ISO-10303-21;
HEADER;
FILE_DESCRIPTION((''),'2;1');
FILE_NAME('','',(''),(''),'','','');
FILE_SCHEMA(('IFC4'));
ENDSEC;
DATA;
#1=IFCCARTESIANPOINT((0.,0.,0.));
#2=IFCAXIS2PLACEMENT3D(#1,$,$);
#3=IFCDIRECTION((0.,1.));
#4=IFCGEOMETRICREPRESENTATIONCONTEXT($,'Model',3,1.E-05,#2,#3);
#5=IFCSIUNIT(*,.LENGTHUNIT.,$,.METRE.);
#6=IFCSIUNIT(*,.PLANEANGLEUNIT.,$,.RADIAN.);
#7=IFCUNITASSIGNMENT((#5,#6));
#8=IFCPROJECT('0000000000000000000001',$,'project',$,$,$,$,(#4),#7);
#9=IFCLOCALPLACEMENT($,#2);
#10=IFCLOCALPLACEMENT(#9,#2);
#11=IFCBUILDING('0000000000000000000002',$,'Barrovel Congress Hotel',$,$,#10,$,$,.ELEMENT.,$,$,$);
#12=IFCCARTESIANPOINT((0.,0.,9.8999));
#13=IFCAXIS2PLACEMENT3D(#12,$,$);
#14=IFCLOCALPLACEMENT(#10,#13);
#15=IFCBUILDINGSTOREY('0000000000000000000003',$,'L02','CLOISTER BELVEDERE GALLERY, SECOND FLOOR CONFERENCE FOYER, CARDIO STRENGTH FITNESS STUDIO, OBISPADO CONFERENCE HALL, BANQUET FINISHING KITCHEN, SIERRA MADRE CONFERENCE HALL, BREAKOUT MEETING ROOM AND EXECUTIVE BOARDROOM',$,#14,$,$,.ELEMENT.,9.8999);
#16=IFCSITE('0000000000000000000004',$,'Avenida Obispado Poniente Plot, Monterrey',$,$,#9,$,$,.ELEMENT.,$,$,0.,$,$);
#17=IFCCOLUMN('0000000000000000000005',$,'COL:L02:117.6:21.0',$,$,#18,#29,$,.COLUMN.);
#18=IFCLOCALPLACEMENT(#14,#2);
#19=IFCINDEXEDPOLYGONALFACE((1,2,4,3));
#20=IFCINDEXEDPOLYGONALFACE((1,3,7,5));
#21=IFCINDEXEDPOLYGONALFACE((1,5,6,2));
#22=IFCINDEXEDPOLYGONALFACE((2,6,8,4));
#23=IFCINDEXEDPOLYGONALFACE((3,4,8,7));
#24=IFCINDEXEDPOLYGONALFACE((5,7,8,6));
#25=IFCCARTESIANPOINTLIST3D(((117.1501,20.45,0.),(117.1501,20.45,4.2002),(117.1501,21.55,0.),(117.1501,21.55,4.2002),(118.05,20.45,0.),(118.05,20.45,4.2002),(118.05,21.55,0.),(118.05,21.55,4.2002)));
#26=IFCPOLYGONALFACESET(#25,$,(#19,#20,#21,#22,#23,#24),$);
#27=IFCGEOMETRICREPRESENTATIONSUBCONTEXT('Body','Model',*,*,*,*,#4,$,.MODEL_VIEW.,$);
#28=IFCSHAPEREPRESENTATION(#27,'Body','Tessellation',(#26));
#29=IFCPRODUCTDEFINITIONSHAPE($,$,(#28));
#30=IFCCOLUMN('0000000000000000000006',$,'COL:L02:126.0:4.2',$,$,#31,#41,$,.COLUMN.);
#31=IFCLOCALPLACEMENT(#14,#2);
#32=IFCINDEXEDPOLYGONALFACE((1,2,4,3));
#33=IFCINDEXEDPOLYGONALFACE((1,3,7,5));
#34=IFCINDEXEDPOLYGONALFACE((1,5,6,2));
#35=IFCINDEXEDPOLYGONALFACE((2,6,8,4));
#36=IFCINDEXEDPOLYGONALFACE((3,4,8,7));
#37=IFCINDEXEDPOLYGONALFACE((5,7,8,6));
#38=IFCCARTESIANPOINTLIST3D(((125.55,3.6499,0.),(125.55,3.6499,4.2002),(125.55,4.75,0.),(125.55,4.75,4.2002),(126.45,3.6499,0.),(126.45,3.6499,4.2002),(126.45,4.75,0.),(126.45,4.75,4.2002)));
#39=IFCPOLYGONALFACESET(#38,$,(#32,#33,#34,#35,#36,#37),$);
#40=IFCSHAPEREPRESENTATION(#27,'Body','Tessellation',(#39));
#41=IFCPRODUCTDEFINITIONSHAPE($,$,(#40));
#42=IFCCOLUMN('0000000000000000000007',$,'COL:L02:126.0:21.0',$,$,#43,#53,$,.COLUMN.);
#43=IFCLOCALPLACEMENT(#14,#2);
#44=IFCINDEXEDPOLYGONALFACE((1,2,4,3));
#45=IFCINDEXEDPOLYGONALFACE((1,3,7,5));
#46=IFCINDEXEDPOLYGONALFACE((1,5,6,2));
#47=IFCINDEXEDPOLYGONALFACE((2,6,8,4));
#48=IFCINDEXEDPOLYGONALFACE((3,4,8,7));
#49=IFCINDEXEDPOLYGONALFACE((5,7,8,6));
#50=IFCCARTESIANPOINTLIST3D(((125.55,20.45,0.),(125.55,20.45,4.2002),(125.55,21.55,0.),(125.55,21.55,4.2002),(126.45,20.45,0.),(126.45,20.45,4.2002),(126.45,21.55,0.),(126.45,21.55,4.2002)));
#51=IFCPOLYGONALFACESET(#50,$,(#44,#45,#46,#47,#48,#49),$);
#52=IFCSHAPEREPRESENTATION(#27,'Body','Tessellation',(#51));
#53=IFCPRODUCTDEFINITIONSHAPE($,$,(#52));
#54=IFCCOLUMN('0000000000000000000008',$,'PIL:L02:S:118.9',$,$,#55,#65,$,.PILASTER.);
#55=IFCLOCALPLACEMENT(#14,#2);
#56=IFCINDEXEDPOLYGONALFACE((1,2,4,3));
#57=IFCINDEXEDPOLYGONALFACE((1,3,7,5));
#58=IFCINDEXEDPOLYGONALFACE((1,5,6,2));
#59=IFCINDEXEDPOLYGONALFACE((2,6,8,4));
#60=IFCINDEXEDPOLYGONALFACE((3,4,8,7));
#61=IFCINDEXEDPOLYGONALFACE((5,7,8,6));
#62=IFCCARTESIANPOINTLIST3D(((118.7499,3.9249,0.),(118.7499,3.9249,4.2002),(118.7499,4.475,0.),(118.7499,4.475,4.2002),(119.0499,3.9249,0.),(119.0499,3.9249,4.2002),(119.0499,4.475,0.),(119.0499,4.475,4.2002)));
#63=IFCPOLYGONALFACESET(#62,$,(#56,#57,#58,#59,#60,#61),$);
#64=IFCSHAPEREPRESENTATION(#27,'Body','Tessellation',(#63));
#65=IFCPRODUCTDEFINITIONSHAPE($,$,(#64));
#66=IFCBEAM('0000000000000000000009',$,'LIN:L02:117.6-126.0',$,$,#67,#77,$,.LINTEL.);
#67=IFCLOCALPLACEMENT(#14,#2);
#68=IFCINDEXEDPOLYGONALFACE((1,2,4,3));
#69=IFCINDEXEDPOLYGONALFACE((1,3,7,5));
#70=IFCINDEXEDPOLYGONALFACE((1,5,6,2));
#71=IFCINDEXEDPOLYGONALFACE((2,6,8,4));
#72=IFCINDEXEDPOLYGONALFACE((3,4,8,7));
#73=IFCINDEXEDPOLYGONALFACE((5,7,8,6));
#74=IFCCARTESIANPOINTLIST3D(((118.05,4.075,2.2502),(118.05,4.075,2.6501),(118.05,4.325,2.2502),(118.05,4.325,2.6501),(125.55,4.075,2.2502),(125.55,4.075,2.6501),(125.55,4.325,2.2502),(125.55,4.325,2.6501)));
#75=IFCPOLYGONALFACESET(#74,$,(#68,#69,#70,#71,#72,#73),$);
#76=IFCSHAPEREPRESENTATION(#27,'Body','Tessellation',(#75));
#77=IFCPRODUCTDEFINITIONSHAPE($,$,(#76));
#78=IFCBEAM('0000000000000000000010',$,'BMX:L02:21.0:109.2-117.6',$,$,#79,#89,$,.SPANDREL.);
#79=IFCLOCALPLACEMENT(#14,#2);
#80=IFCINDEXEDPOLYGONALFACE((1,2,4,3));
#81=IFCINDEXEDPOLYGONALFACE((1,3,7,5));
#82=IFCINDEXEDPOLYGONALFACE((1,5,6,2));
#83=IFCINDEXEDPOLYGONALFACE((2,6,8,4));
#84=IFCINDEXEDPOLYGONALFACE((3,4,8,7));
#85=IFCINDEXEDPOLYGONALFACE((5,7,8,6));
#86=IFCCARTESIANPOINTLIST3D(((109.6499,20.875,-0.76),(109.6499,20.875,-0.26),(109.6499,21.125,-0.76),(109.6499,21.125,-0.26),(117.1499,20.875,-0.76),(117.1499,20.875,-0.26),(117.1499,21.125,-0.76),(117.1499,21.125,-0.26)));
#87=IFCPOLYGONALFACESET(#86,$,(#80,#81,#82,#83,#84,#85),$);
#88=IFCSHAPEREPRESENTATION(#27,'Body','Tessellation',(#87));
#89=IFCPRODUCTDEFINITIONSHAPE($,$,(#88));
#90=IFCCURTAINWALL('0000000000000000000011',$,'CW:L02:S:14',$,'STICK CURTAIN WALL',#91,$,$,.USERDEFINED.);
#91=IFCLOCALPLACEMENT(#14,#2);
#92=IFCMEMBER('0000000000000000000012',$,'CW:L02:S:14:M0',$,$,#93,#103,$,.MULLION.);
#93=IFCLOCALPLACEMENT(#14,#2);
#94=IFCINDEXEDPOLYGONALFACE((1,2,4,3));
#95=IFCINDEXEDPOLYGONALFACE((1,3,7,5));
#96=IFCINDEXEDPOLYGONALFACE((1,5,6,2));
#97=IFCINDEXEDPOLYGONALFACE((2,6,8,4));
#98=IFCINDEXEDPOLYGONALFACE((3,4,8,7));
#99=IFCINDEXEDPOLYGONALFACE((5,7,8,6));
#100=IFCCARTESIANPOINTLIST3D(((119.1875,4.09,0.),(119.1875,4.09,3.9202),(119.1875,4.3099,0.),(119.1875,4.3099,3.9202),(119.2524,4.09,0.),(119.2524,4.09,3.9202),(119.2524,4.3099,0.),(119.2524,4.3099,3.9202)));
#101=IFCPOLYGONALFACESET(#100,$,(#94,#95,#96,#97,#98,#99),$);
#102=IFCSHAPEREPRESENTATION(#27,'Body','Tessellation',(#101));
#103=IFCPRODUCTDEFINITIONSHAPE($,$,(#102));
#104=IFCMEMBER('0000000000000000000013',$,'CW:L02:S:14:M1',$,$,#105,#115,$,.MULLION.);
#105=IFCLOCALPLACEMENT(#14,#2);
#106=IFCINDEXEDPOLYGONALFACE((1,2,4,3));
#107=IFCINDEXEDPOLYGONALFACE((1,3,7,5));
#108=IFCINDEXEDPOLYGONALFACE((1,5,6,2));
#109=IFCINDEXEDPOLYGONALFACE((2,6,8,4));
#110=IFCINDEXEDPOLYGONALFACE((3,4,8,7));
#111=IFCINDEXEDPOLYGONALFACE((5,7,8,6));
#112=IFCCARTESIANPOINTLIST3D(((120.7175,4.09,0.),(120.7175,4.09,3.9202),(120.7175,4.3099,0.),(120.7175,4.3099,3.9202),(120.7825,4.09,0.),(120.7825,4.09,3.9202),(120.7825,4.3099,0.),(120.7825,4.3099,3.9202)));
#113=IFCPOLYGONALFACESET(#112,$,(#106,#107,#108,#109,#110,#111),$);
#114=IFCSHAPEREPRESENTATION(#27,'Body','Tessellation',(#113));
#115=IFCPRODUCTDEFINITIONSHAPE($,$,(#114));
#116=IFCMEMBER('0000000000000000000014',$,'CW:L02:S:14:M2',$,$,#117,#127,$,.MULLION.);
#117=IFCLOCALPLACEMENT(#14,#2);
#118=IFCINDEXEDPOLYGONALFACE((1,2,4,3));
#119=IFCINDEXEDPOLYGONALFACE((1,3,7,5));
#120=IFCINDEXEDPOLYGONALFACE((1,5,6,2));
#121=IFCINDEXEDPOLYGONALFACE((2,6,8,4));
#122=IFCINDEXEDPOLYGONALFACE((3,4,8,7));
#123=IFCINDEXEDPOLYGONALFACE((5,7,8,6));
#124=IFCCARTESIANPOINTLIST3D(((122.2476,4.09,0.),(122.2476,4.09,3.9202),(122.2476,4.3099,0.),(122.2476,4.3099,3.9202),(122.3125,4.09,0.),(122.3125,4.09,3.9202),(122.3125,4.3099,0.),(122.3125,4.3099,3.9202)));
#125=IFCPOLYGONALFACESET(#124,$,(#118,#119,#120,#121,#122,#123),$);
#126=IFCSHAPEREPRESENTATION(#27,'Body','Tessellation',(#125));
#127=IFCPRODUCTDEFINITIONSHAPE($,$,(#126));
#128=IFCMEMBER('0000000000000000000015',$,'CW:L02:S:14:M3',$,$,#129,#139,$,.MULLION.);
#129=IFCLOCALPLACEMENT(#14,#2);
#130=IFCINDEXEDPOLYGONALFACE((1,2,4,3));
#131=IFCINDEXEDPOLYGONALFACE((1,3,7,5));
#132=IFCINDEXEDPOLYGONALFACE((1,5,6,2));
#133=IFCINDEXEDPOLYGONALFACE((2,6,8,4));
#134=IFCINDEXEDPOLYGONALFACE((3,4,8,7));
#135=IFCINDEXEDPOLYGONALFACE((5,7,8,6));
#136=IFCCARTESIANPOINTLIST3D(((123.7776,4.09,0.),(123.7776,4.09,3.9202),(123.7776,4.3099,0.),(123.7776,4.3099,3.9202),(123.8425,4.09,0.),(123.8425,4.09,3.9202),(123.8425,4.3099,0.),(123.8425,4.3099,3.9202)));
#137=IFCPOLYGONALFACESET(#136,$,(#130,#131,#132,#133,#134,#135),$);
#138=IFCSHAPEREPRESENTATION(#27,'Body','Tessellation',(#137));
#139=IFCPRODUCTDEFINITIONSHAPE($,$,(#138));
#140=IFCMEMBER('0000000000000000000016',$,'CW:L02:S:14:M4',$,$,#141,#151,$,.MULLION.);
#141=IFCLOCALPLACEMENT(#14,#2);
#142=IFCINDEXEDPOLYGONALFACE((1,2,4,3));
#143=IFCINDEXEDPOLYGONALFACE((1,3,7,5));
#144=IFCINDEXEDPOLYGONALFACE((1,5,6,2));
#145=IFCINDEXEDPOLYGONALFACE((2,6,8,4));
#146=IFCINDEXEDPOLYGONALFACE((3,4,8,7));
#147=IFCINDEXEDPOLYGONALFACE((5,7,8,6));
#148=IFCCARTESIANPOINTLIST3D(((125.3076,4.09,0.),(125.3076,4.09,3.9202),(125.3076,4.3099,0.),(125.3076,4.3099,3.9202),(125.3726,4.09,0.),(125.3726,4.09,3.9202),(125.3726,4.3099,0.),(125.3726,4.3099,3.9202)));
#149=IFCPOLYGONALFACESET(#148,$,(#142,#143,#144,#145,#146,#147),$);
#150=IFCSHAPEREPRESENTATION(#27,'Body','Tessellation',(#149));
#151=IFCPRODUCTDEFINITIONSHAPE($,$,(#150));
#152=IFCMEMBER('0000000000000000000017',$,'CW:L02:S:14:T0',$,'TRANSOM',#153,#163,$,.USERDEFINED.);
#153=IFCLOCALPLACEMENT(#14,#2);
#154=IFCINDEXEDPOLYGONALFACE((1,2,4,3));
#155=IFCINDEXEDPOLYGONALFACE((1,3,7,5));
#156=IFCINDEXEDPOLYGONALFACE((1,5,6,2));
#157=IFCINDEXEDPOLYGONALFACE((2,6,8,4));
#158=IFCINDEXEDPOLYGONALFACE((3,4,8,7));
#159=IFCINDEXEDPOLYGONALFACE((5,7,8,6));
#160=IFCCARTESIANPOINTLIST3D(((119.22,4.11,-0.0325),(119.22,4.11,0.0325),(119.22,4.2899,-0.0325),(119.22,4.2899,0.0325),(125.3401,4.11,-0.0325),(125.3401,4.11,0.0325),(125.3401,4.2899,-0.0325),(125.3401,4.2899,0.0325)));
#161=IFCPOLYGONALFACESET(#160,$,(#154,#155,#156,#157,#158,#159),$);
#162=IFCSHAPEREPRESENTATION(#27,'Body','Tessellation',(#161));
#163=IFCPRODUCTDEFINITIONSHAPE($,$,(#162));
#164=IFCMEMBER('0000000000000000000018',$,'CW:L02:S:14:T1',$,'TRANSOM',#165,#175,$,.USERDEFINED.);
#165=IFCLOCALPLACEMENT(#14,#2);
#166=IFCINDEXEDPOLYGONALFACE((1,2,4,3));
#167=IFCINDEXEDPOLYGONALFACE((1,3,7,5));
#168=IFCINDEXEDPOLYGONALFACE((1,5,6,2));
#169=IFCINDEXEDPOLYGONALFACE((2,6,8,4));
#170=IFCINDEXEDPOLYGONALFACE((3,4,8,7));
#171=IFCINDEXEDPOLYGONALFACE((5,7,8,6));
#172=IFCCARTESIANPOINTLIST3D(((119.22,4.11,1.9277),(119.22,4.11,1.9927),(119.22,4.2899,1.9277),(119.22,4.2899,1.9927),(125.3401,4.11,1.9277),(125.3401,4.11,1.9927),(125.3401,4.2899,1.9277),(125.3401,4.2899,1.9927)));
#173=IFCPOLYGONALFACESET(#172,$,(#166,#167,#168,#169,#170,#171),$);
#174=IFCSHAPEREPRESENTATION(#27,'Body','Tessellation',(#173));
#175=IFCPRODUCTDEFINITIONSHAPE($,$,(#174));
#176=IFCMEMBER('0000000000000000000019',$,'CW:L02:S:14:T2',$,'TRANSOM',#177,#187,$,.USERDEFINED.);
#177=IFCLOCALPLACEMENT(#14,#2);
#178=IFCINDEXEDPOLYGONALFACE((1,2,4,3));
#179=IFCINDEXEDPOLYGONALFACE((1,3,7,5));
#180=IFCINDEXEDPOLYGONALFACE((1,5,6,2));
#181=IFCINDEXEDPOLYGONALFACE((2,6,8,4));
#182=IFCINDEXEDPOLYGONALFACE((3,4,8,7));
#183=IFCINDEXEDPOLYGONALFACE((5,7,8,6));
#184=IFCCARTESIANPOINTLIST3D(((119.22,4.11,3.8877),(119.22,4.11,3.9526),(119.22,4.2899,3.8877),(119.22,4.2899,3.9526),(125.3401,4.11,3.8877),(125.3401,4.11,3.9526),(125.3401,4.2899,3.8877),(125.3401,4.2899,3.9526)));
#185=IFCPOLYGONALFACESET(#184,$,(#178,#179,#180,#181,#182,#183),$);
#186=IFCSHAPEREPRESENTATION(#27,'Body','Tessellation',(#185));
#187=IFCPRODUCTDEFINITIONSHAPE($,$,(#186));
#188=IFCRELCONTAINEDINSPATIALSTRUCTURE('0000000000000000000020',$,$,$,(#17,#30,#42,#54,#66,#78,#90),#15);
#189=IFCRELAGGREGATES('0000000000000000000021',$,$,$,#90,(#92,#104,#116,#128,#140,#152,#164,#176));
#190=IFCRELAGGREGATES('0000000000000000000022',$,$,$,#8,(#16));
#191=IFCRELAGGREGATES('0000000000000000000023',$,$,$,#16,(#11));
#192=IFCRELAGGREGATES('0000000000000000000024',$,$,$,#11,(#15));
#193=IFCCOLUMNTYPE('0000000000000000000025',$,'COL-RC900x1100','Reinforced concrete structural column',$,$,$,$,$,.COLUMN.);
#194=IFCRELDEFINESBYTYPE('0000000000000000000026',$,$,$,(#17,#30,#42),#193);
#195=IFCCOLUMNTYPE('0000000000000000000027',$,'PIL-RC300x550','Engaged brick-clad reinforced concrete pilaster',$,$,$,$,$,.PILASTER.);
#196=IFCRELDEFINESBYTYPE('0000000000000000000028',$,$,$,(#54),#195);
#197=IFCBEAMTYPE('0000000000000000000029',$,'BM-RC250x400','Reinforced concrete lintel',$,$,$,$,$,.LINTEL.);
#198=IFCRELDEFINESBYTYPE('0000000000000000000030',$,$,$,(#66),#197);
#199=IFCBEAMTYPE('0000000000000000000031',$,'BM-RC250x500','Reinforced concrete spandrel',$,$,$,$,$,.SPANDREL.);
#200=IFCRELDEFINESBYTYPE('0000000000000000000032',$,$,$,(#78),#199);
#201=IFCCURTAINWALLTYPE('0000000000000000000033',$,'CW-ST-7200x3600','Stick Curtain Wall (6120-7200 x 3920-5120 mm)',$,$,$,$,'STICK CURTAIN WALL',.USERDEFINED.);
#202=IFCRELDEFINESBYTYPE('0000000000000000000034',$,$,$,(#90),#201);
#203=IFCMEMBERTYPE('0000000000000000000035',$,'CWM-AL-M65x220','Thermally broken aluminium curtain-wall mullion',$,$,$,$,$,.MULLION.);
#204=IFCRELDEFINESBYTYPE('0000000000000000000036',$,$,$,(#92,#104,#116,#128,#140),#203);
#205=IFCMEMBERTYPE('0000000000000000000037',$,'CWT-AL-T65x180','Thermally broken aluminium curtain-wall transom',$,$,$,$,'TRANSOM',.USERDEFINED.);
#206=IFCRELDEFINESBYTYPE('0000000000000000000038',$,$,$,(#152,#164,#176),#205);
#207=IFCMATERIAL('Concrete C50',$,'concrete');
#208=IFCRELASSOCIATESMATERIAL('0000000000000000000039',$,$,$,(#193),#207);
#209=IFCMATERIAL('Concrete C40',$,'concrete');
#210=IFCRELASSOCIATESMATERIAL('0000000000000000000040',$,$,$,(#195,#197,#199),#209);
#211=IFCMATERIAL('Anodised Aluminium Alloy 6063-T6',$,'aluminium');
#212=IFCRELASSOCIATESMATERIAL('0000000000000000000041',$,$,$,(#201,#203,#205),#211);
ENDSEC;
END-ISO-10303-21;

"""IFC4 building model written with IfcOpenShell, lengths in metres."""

from ifc_helpers import new_model, si_unit, direction, frame, origin, origin_2d, place, context, subcontext, project, spatial, rectangle, extrude, material, material_profile, profile_set, type_object, element, aggregate, save


model = new_model("IFC4")

# Units and contexts
model_context = context("Model", 3, precision=1e-05, world=origin(), true_north=direction((0.0, 1.0)))
body_context = subcontext(model_context, "Body", "Model", "MODEL_VIEW")
ifc_project = project(units=[si_unit("LENGTHUNIT", "METRE"), si_unit("PLANEANGLEUNIT", "RADIAN")], contexts=[model_context])

# Site, building, storey
site_placement = place(None, origin())
site = spatial("IfcSite", under=ifc_project, at=site_placement, Name="Avenida Obispado Poniente Plot, Monterrey", CompositionType="ELEMENT", RefElevation=0.0)
building_placement = place(site_placement, origin())
building = spatial("IfcBuilding", under=site, at=building_placement, Name="Barrovel Congress Hotel", CompositionType="ELEMENT")
storey_placement = place(building_placement, frame((0.0, 0.0, 9.8999)))
storey = spatial("IfcBuildingStorey", under=building, at=storey_placement, Name="L02", Description="CLOISTER BELVEDERE GALLERY, SECOND FLOOR CONFERENCE FOYER, CARDIO STRENGTH FITNESS STUDIO, OBISPADO CONFERENCE HALL, BANQUET FINISHING KITCHEN, SIERRA MADRE CONFERENCE HALL, BREAKOUT MEETING ROOM AND EXECUTIVE BOARDROOM", CompositionType="ELEMENT", Elevation=9.8999)

# Columns
ifc_material_1 = material(Name="Concrete C50", Category="concrete")
ifc_material_profile_1 = material_profile(ifc_material_1, rectangle(XDim=0.8999, YDim=1.1001, at=origin_2d()), Name="RC900x1100")
ifc_profile_set_1 = profile_set([ifc_material_profile_1], Name="Concrete C50")
column_type_1 = type_object("IfcColumnType", Name="COL-RC900x1100", Description="Reinforced concrete structural column", PredefinedType="COLUMN", material=ifc_profile_set_1)
for number, where, z_axis, x_axis, name in (
    (1, (117.6001, 21.0, 0.0), (0.0, 0.0, 1.0), (1.0, 0.0, 0.0), "COL:L02:117.6:21.0"),
    (2, (126.0, 4.2, 0.0), (0.0, 0.0, 1.0), (1.0, 0.0, 0.0), "COL:L02:126.0:4.2"),
    (3, (126.0, 21.0, 0.0), (0.0, 0.0, 1.0), (1.0, 0.0, 0.0), "COL:L02:126.0:21.0"),
):
    element("IfcColumn", number, at=place(storey_placement, frame(where, z_axis=z_axis, x_axis=x_axis)), inside=storey, type_object=column_type_1, Name=name, PredefinedType="COLUMN", context=body_context, shape_type="SweptSolid", body=[
        extrude(rectangle(XDim=0.8999, YDim=1.1001, at=origin_2d()), origin(), (0.0, 0.0, 1.0), 4.2002),
    ])
ifc_material_2 = material(Name="Concrete C40", Category="concrete")
ifc_material_profile_2 = material_profile(ifc_material_2, rectangle(XDim=0.3, YDim=0.55, at=origin_2d()), Name="RC300x550")
ifc_profile_set_2 = profile_set([ifc_material_profile_2], Name="Concrete C40")
column_type_2 = type_object("IfcColumnType", Name="PIL-RC300x550", Description="Engaged brick-clad reinforced concrete pilaster", PredefinedType="PILASTER", material=ifc_profile_set_2)
column_placement = place(storey_placement, frame((118.8999, 4.2, 0.0), z_axis=(0.0, 0.0, 1.0), x_axis=(1.0, 0.0, 0.0)))
element("IfcColumn", 4, at=column_placement, inside=storey, type_object=column_type_2, Name="PIL:L02:S:118.9", PredefinedType="PILASTER", context=body_context, shape_type="SweptSolid", body=[
    extrude(rectangle(XDim=0.3, YDim=0.55, at=origin_2d()), origin(), (0.0, 0.0, 1.0), 4.2002),
])

# Beams
ifc_material_profile_3 = material_profile(ifc_material_2, rectangle(XDim=0.25, YDim=0.3999, at=origin_2d()), Name="RC250x400")
ifc_profile_set_3 = profile_set([ifc_material_profile_3], Name="Concrete C40")
beam_type_1 = type_object("IfcBeamType", Name="BM-RC250x400", Description="Reinforced concrete lintel", PredefinedType="LINTEL", material=ifc_profile_set_3)
beam_1_placement = place(storey_placement, frame((118.05, 4.2, 2.4502), z_axis=(1.0, 0.0, 0.0), x_axis=(0.0, 1.0, 0.0)))
element("IfcBeam", 5, at=beam_1_placement, inside=storey, type_object=beam_type_1, Name="LIN:L02:117.6-126.0", PredefinedType="LINTEL", context=body_context, shape_type="SweptSolid", body=[
    extrude(rectangle(XDim=0.25, YDim=0.3999, at=origin_2d()), origin(), (0.0, 0.0, 1.0), 7.5),
])
ifc_material_profile_4 = material_profile(ifc_material_2, rectangle(XDim=0.25, YDim=0.5, at=origin_2d()), Name="RC250x500")
ifc_profile_set_4 = profile_set([ifc_material_profile_4], Name="Concrete C40")
beam_type_2 = type_object("IfcBeamType", Name="BM-RC250x500", Description="Reinforced concrete spandrel", PredefinedType="SPANDREL", material=ifc_profile_set_4)
beam_2_placement = place(storey_placement, frame((109.6499, 21.0, -0.51), z_axis=(1.0, 0.0, 0.0), x_axis=(0.0, 1.0, 0.0)))
element("IfcBeam", 6, at=beam_2_placement, inside=storey, type_object=beam_type_2, Name="BMX:L02:21.0:109.2-117.6", PredefinedType="SPANDREL", context=body_context, shape_type="SweptSolid", body=[
    extrude(rectangle(XDim=0.25, YDim=0.5, at=origin_2d()), origin(), (0.0, 0.0, 1.0), 7.5),
])

# Curtain wall, members
ifc_material_3 = material(Name="Anodised Aluminium Alloy 6063-T6", Category="aluminium")
curtain_wall_type = type_object("IfcCurtainWallType", Name="CW-ST-7200x3600", Description="Stick Curtain Wall (6120-7200 x 3920-5120 mm)", ElementType="STICK CURTAIN WALL", PredefinedType="USERDEFINED", material=ifc_material_3)
curtain_wall_placement = place(storey_placement, origin())
curtain_wall = element("IfcCurtainWall", 7, at=curtain_wall_placement, inside=storey, type_object=curtain_wall_type, Name="CW:L02:S:14", ObjectType="STICK CURTAIN WALL", PredefinedType="USERDEFINED")
ifc_material_profile_5 = material_profile(ifc_material_3, rectangle(XDim=0.0649, YDim=0.22, at=origin_2d()), Name="AL-M65x220")
ifc_profile_set_5 = profile_set([ifc_material_profile_5], Name="Anodised Aluminium Alloy 6063-T6")
member_type_1 = type_object("IfcMemberType", Name="CWM-AL-M65x220", Description="Thermally broken aluminium curtain-wall mullion", PredefinedType="MULLION", material=ifc_profile_set_5)
member_1_placement = place(storey_placement, frame((119.22, 4.2, 0.0), z_axis=(0.0, 0.0, 1.0), x_axis=(1.0, 0.0, 0.0)))
member_1 = element("IfcMember", 8, at=member_1_placement, type_object=member_type_1, Name="CW:L02:S:14:M0", PredefinedType="MULLION", context=body_context, shape_type="SweptSolid", body=[
    extrude(rectangle(XDim=0.0649, YDim=0.22, at=origin_2d()), origin(), (0.0, 0.0, 1.0), 3.9202),
])
member_2_placement = place(storey_placement, frame((120.75, 4.2, 0.0), z_axis=(0.0, 0.0, 1.0), x_axis=(1.0, 0.0, 0.0)))
member_2 = element("IfcMember", 9, at=member_2_placement, type_object=member_type_1, Name="CW:L02:S:14:M1", PredefinedType="MULLION", context=body_context, shape_type="SweptSolid", body=[
    extrude(rectangle(XDim=0.0649, YDim=0.22, at=origin_2d()), origin(), (0.0, 0.0, 1.0), 3.9202),
])
member_3_placement = place(storey_placement, frame((122.28, 4.2, 0.0), z_axis=(0.0, 0.0, 1.0), x_axis=(1.0, 0.0, 0.0)))
member_3 = element("IfcMember", 10, at=member_3_placement, type_object=member_type_1, Name="CW:L02:S:14:M2", PredefinedType="MULLION", context=body_context, shape_type="SweptSolid", body=[
    extrude(rectangle(XDim=0.0649, YDim=0.22, at=origin_2d()), origin(), (0.0, 0.0, 1.0), 3.9202),
])
member_4_placement = place(storey_placement, frame((123.8101, 4.2, 0.0), z_axis=(0.0, 0.0, 1.0), x_axis=(1.0, 0.0, 0.0)))
member_4 = element("IfcMember", 11, at=member_4_placement, type_object=member_type_1, Name="CW:L02:S:14:M3", PredefinedType="MULLION", context=body_context, shape_type="SweptSolid", body=[
    extrude(rectangle(XDim=0.0649, YDim=0.22, at=origin_2d()), origin(), (0.0, 0.0, 1.0), 3.9202),
])
member_5_placement = place(storey_placement, frame((125.3401, 4.2, 0.0), z_axis=(0.0, 0.0, 1.0), x_axis=(1.0, 0.0, 0.0)))
member_5 = element("IfcMember", 12, at=member_5_placement, type_object=member_type_1, Name="CW:L02:S:14:M4", PredefinedType="MULLION", context=body_context, shape_type="SweptSolid", body=[
    extrude(rectangle(XDim=0.0649, YDim=0.22, at=origin_2d()), origin(), (0.0, 0.0, 1.0), 3.9202),
])
ifc_material_profile_6 = material_profile(ifc_material_3, rectangle(XDim=0.1799, YDim=0.0649, at=origin_2d()), Name="AL-T65x180")
ifc_profile_set_6 = profile_set([ifc_material_profile_6], Name="Anodised Aluminium Alloy 6063-T6")
member_type_2 = type_object("IfcMemberType", Name="CWT-AL-T65x180", Description="Thermally broken aluminium curtain-wall transom", ElementType="TRANSOM", PredefinedType="USERDEFINED", material=ifc_profile_set_6)
member_6_placement = place(storey_placement, frame((119.22, 4.2, 0.0), z_axis=(1.0, 0.0, 0.0), x_axis=(0.0, 1.0, 0.0)))
member_6 = element("IfcMember", 13, at=member_6_placement, type_object=member_type_2, Name="CW:L02:S:14:T0", ObjectType="TRANSOM", PredefinedType="USERDEFINED", context=body_context, shape_type="SweptSolid", body=[
    extrude(rectangle(XDim=0.1799, YDim=0.0649, at=origin_2d()), origin(), (0.0, 0.0, 1.0), 6.1201),
])
member_7_placement = place(storey_placement, frame((119.22, 4.2, 1.9602), z_axis=(1.0, 0.0, 0.0), x_axis=(0.0, 1.0, 0.0)))
member_7 = element("IfcMember", 14, at=member_7_placement, type_object=member_type_2, Name="CW:L02:S:14:T1", ObjectType="TRANSOM", PredefinedType="USERDEFINED", context=body_context, shape_type="SweptSolid", body=[
    extrude(rectangle(XDim=0.1799, YDim=0.0649, at=origin_2d()), origin(), (0.0, 0.0, 1.0), 6.1201),
])
member_8_placement = place(storey_placement, frame((119.22, 4.2, 3.9202), z_axis=(1.0, 0.0, 0.0), x_axis=(0.0, 1.0, 0.0)))
member_8 = element("IfcMember", 15, at=member_8_placement, type_object=member_type_2, Name="CW:L02:S:14:T2", ObjectType="TRANSOM", PredefinedType="USERDEFINED", context=body_context, shape_type="SweptSolid", body=[
    extrude(rectangle(XDim=0.1799, YDim=0.0649, at=origin_2d()), origin(), (0.0, 0.0, 1.0), 6.1201),
])

aggregate(curtain_wall, [member_1, member_2, member_3, member_4, member_5, member_6, member_7, member_8])

save(model, "model.ifc")
